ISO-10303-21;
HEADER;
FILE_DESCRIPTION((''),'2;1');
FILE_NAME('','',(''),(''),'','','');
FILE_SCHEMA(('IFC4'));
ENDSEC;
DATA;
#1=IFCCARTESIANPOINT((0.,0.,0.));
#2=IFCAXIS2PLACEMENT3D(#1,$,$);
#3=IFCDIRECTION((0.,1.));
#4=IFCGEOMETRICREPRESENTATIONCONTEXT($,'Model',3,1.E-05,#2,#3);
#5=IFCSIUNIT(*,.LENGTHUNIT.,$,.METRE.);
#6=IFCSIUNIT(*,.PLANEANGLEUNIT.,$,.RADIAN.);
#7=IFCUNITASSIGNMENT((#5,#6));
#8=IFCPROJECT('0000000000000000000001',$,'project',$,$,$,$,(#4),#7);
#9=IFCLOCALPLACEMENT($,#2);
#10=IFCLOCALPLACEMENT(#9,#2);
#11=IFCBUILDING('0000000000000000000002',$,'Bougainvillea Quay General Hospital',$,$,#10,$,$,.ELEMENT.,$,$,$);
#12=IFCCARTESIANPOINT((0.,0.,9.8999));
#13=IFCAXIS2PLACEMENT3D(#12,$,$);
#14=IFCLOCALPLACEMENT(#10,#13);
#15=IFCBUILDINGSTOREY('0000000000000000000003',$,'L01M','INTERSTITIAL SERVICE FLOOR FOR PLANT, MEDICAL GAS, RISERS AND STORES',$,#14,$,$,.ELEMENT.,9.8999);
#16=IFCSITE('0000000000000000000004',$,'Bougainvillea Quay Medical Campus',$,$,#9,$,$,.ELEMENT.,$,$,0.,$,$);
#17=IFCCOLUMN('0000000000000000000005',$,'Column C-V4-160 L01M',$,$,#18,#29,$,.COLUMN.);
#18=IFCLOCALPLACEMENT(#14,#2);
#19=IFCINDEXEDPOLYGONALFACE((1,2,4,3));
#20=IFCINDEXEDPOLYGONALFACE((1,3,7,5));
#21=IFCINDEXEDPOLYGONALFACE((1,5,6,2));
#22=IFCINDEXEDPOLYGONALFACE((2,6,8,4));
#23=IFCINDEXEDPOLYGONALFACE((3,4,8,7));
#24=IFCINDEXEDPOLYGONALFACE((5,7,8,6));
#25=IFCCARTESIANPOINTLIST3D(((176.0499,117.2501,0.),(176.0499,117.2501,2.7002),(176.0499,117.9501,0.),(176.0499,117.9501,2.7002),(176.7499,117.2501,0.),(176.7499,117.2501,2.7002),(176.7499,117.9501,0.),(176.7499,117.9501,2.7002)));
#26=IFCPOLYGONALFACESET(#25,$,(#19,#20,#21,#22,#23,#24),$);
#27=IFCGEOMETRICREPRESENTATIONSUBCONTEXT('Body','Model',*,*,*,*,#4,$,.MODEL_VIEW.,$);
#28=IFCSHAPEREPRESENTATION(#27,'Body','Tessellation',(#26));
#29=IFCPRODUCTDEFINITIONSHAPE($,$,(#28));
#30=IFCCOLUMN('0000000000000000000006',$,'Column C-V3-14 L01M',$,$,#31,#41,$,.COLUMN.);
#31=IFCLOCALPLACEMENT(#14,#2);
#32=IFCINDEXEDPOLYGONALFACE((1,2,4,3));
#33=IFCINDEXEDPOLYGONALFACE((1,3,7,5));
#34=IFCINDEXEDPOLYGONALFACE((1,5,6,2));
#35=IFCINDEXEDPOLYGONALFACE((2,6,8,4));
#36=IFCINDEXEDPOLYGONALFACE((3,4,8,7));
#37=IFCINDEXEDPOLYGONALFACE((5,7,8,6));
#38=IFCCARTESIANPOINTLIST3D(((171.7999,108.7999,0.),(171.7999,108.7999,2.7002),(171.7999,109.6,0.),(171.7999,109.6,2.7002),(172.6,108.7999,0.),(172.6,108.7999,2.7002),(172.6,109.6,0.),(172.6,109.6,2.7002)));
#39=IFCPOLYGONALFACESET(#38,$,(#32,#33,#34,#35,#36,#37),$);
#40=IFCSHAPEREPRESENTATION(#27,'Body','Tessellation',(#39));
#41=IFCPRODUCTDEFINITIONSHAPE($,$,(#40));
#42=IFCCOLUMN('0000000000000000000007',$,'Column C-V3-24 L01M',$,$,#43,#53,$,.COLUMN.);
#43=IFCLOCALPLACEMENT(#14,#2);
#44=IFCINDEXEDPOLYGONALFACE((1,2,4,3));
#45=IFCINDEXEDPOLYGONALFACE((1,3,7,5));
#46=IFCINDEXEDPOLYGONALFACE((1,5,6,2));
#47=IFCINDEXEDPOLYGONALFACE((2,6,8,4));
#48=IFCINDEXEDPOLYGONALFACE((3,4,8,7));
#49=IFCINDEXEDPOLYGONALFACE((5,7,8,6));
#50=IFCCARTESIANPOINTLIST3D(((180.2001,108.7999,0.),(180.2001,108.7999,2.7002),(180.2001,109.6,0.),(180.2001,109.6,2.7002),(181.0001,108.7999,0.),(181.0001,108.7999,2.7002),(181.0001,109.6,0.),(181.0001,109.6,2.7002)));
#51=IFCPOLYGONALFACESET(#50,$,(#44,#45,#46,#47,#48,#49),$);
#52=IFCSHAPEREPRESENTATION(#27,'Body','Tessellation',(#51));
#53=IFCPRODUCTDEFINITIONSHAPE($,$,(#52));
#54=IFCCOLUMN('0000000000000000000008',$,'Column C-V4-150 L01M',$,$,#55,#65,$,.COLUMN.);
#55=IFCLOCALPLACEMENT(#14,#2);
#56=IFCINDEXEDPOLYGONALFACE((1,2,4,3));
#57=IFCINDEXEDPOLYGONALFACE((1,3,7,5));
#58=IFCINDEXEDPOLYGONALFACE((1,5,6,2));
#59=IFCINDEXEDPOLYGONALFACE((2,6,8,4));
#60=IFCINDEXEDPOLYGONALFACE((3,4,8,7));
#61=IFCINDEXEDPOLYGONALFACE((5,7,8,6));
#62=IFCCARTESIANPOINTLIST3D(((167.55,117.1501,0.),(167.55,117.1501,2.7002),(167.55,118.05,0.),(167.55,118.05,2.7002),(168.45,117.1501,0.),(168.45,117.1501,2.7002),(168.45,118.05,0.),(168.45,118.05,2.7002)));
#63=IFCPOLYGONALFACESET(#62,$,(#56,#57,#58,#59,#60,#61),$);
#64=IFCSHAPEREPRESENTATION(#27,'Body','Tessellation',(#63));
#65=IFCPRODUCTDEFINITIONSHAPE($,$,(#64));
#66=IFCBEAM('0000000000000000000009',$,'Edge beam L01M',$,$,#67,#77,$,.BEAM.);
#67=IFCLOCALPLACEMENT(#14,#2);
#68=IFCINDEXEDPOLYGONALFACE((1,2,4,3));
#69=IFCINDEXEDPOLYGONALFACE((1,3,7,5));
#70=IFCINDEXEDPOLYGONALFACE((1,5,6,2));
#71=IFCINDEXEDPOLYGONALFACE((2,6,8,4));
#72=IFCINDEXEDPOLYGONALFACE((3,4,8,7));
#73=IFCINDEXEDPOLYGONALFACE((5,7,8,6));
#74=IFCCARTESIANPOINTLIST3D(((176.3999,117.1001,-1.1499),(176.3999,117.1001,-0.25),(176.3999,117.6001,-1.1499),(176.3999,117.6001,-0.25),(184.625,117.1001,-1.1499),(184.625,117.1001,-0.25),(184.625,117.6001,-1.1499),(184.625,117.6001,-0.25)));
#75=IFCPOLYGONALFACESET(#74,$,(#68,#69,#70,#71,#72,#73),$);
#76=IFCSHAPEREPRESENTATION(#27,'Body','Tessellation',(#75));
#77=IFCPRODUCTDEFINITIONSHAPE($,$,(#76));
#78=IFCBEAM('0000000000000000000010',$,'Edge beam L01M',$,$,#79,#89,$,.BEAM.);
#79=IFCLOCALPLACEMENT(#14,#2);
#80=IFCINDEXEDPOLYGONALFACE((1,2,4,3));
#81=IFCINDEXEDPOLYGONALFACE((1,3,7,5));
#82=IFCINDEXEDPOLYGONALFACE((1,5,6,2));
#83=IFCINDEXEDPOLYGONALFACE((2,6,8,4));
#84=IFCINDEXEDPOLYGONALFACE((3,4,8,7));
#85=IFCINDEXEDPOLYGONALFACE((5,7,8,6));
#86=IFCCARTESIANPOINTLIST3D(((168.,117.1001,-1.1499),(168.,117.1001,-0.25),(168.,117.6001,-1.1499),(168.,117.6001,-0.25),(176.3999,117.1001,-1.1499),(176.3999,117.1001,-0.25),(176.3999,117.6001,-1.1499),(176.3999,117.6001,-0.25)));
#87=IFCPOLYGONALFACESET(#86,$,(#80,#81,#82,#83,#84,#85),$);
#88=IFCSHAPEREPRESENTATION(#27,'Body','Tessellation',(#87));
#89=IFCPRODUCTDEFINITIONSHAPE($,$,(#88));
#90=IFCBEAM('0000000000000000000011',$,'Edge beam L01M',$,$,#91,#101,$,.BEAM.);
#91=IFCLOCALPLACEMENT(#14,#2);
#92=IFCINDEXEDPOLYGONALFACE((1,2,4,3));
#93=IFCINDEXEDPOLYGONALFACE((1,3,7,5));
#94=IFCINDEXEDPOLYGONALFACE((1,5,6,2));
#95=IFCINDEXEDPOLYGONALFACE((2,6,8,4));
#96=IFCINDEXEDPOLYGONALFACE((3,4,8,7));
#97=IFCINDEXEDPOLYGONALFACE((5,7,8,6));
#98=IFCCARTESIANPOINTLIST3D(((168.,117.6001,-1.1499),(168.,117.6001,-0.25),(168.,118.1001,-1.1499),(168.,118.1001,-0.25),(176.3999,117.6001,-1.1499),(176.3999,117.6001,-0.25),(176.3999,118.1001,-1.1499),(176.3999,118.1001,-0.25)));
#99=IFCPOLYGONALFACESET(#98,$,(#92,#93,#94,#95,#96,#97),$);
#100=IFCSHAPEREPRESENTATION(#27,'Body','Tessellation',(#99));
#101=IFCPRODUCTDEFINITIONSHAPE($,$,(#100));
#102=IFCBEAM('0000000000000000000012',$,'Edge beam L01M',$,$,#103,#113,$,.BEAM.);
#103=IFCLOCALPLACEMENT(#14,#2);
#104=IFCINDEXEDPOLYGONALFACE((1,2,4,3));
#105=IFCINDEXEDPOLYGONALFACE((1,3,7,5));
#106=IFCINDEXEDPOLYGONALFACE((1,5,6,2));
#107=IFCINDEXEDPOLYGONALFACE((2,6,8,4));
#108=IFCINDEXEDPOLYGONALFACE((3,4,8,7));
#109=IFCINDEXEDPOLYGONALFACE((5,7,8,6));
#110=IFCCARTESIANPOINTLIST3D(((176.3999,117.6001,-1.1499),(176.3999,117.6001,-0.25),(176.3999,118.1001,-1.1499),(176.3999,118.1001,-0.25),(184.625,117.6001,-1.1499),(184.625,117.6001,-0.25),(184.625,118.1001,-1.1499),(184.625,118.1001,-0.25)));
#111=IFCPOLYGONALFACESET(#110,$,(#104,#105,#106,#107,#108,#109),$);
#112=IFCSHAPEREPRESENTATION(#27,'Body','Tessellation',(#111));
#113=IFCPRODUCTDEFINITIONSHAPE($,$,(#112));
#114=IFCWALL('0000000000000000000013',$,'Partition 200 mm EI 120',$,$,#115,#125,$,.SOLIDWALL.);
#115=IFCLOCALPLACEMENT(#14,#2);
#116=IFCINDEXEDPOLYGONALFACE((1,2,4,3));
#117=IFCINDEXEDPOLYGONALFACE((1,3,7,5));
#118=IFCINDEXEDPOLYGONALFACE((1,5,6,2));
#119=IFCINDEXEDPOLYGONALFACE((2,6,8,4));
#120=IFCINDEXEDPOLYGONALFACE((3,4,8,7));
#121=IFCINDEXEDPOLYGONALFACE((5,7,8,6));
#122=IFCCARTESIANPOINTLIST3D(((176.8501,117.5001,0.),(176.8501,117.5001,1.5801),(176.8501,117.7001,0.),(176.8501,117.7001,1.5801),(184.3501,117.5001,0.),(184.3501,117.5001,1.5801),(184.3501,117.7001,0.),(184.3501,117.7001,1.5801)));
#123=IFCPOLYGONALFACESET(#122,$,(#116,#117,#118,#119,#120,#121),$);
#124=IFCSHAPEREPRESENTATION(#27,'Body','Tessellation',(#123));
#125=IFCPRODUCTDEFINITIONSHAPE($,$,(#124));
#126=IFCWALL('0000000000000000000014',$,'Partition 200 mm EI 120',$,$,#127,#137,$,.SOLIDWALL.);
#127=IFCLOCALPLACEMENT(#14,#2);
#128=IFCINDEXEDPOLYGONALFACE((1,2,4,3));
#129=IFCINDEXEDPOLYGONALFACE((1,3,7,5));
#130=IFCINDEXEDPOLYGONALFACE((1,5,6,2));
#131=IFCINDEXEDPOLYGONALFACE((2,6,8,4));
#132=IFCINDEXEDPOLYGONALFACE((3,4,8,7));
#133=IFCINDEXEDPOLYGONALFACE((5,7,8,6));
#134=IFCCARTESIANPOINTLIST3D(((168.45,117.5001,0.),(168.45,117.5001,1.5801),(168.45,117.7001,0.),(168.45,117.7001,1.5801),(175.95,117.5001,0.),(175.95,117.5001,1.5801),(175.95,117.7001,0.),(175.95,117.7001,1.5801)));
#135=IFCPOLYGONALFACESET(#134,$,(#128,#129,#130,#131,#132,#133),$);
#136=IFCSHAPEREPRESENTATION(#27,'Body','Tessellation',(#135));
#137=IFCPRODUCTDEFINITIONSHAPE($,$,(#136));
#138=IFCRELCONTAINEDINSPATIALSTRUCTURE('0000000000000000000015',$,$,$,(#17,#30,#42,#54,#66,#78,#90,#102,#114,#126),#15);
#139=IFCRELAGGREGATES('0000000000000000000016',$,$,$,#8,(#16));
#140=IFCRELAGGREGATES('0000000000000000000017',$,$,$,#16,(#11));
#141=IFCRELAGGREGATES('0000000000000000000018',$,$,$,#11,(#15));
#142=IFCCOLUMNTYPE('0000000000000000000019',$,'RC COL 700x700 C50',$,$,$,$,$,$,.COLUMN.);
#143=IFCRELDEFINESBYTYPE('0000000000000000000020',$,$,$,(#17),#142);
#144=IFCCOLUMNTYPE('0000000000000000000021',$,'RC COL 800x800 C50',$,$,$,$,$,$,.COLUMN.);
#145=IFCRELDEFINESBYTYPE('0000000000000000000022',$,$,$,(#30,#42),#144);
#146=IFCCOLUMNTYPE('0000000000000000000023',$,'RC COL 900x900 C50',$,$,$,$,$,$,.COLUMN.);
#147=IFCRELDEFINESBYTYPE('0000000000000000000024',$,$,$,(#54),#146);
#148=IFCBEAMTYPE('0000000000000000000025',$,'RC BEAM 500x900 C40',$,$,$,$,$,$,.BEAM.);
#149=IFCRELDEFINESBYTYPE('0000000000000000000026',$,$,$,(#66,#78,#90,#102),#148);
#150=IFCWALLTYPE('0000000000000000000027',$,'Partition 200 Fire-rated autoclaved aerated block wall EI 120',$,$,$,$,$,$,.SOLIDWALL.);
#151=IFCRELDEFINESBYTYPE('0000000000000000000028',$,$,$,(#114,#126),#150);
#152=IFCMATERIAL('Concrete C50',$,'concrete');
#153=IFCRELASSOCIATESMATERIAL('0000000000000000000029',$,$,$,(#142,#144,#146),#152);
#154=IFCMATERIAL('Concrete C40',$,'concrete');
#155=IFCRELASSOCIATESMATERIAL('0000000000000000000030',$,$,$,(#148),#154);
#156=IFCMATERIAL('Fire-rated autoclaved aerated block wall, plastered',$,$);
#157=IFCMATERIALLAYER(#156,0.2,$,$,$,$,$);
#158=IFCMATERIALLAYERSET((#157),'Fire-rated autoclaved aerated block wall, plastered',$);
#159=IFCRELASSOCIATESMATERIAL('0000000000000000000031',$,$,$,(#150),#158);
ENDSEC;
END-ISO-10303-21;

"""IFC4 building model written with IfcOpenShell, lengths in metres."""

from ifc_helpers import new_model, si_unit, direction, frame, frame_2d, origin, origin_2d, place, context, subcontext, project, spatial, rectangle, extrude, material, layer, layer_set, material_profile, profile_set, type_object, element, save


model = new_model("IFC4")

# Units and contexts
model_context = context("Model", 3, precision=1e-05, world=origin(), true_north=direction((0.0, 1.0)))
body_context = subcontext(model_context, "Body", "Model", "MODEL_VIEW")
ifc_project = project(units=[si_unit("LENGTHUNIT", "METRE"), si_unit("PLANEANGLEUNIT", "RADIAN")], contexts=[model_context])

# Site, building, storey
site_placement = place(None, origin())
site = spatial("IfcSite", under=ifc_project, at=site_placement, Name="Bougainvillea Quay Medical Campus", CompositionType="ELEMENT", RefElevation=0.0)
building_placement = place(site_placement, origin())
building = spatial("IfcBuilding", under=site, at=building_placement, Name="Bougainvillea Quay General Hospital", CompositionType="ELEMENT")
storey_placement = place(building_placement, frame((0.0, 0.0, 9.8999)))
storey = spatial("IfcBuildingStorey", under=building, at=storey_placement, Name="L01M", Description="INTERSTITIAL SERVICE FLOOR FOR PLANT, MEDICAL GAS, RISERS AND STORES", CompositionType="ELEMENT", Elevation=9.8999)

# Columns
ifc_material_1 = material(Name="Concrete C50", Category="concrete")
ifc_material_profile_1 = material_profile(ifc_material_1, rectangle(XDim=0.7, YDim=0.7, at=origin_2d()))
ifc_profile_set_1 = profile_set([ifc_material_profile_1], Name="Concrete C50")
column_type_1 = type_object("IfcColumnType", Name="RC COL 700x700 C50", PredefinedType="COLUMN", material=ifc_profile_set_1)
column_1_placement = place(storey_placement, frame((176.3999, 117.6001, 0.0), z_axis=(0.0, 0.0, 1.0), x_axis=(1.0, 0.0, 0.0)))
element("IfcColumn", 1, at=column_1_placement, inside=storey, type_object=column_type_1, Name="Column C-V4-160 L01M", PredefinedType="COLUMN", context=body_context, shape_type="SweptSolid", body=[
    extrude(rectangle(XDim=0.7, YDim=0.7, at=origin_2d()), origin(), (0.0, 0.0, 1.0), 2.7002),
])
ifc_material_profile_2 = material_profile(ifc_material_1, rectangle(XDim=0.8, YDim=0.8, at=origin_2d()))
ifc_profile_set_2 = profile_set([ifc_material_profile_2], Name="Concrete C50")
column_type_2 = type_object("IfcColumnType", Name="RC COL 800x800 C50", PredefinedType="COLUMN", material=ifc_profile_set_2)
for number, where, z_axis, x_axis, name in (
    (2, (172.2, 109.2, 0.0), (0.0, 0.0, 1.0), (1.0, 0.0, 0.0), "Column C-V3-14 L01M"),
    (3, (180.6001, 109.2, 0.0), (0.0, 0.0, 1.0), (1.0, 0.0, 0.0), "Column C-V3-24 L01M"),
):
    element("IfcColumn", number, at=place(storey_placement, frame(where, z_axis=z_axis, x_axis=x_axis)), inside=storey, type_object=column_type_2, Name=name, PredefinedType="COLUMN", context=body_context, shape_type="SweptSolid", body=[
        extrude(rectangle(XDim=0.8, YDim=0.8, at=origin_2d()), origin(), (0.0, 0.0, 1.0), 2.7002),
    ])
ifc_material_profile_3 = material_profile(ifc_material_1, rectangle(XDim=0.8999, YDim=0.8999, at=origin_2d()))
ifc_profile_set_3 = profile_set([ifc_material_profile_3], Name="Concrete C50")
column_type_3 = type_object("IfcColumnType", Name="RC COL 900x900 C50", PredefinedType="COLUMN", material=ifc_profile_set_3)
column_2_placement = place(storey_placement, frame((168.0, 117.6001, 0.0), z_axis=(0.0, 0.0, 1.0), x_axis=(1.0, 0.0, 0.0)))
element("IfcColumn", 4, at=column_2_placement, inside=storey, type_object=column_type_3, Name="Column C-V4-150 L01M", PredefinedType="COLUMN", context=body_context, shape_type="SweptSolid", body=[
    extrude(rectangle(XDim=0.8999, YDim=0.8999, at=origin_2d()), origin(), (0.0, 0.0, 1.0), 2.7002),
])

# Beams
ifc_material_2 = material(Name="Concrete C40", Category="concrete")
ifc_material_profile_4 = material_profile(ifc_material_2, rectangle(XDim=0.5, YDim=0.8999, at=origin_2d()))
ifc_profile_set_4 = profile_set([ifc_material_profile_4], Name="Concrete C40")
beam_type = type_object("IfcBeamType", Name="RC BEAM 500x900 C40", PredefinedType="BEAM", material=ifc_profile_set_4)
beam_1_placement = place(storey_placement, frame((184.625, 117.3501, -0.7), z_axis=(-1.0, 0.0, 0.0), x_axis=(0.0, -1.0, 0.0)))
element("IfcBeam", 5, at=beam_1_placement, inside=storey, type_object=beam_type, Name="Edge beam L01M", PredefinedType="BEAM", context=body_context, shape_type="SweptSolid", body=[
    extrude(rectangle(XDim=0.5, YDim=0.8999, at=origin_2d()), origin(), (0.0, 0.0, 1.0), 8.2251),
])
for number, where, z_axis, x_axis, name in (
    (6, (176.3999, 117.3501, -0.7), (-1.0, 0.0, 0.0), (0.0, -1.0, 0.0), "Edge beam L01M"),
    (7, (168.0, 117.8501, -0.7), (1.0, 0.0, 0.0), (0.0, 1.0, 0.0), "Edge beam L01M"),
):
    element("IfcBeam", number, at=place(storey_placement, frame(where, z_axis=z_axis, x_axis=x_axis)), inside=storey, type_object=beam_type, Name=name, PredefinedType="BEAM", context=body_context, shape_type="SweptSolid", body=[
        extrude(rectangle(XDim=0.5, YDim=0.8999, at=origin_2d()), origin(), (0.0, 0.0, 1.0), 8.3999),
    ])
beam_2_placement = place(storey_placement, frame((176.3999, 117.8501, -0.7), z_axis=(1.0, 0.0, 0.0), x_axis=(0.0, 1.0, 0.0)))
element("IfcBeam", 8, at=beam_2_placement, inside=storey, type_object=beam_type, Name="Edge beam L01M", PredefinedType="BEAM", context=body_context, shape_type="SweptSolid", body=[
    extrude(rectangle(XDim=0.5, YDim=0.8999, at=origin_2d()), origin(), (0.0, 0.0, 1.0), 8.2251),
])

# Walls
ifc_material_3 = material(Name="Fire-rated autoclaved aerated block wall, plastered")
ifc_layer_1 = layer(ifc_material_3, 0.2)
ifc_layer_set_1 = layer_set([ifc_layer_1], Name="Fire-rated autoclaved aerated block wall, plastered")
wall_type_1 = type_object("IfcWallType", Name="Partition 200 Fire-rated autoclaved aerated block wall EI 120", PredefinedType="SOLIDWALL", material=ifc_layer_set_1)
for number, where, z_axis, x_axis, name in (
    (9, (184.3501, 117.6001, 0.0), (0.0, 0.0, 1.0), (-1.0, 0.0, 0.0), "Partition 200 mm EI 120"),
    (10, (175.95, 117.6001, 0.0), (0.0, 0.0, 1.0), (-1.0, 0.0, 0.0), "Partition 200 mm EI 120"),
):
    element("IfcWall", number, at=place(storey_placement, frame(where, z_axis=z_axis, x_axis=x_axis)), inside=storey, type_object=wall_type_1, Name=name, PredefinedType="SOLIDWALL", context=body_context, shape_type="SweptSolid", body=[
        extrude(rectangle(XDim=7.5, YDim=0.2, at=frame_2d((3.75, 0.0))), origin(), (0.0, 0.0, 1.0), 1.5801),
    ])

save(model, "model.ifc")
